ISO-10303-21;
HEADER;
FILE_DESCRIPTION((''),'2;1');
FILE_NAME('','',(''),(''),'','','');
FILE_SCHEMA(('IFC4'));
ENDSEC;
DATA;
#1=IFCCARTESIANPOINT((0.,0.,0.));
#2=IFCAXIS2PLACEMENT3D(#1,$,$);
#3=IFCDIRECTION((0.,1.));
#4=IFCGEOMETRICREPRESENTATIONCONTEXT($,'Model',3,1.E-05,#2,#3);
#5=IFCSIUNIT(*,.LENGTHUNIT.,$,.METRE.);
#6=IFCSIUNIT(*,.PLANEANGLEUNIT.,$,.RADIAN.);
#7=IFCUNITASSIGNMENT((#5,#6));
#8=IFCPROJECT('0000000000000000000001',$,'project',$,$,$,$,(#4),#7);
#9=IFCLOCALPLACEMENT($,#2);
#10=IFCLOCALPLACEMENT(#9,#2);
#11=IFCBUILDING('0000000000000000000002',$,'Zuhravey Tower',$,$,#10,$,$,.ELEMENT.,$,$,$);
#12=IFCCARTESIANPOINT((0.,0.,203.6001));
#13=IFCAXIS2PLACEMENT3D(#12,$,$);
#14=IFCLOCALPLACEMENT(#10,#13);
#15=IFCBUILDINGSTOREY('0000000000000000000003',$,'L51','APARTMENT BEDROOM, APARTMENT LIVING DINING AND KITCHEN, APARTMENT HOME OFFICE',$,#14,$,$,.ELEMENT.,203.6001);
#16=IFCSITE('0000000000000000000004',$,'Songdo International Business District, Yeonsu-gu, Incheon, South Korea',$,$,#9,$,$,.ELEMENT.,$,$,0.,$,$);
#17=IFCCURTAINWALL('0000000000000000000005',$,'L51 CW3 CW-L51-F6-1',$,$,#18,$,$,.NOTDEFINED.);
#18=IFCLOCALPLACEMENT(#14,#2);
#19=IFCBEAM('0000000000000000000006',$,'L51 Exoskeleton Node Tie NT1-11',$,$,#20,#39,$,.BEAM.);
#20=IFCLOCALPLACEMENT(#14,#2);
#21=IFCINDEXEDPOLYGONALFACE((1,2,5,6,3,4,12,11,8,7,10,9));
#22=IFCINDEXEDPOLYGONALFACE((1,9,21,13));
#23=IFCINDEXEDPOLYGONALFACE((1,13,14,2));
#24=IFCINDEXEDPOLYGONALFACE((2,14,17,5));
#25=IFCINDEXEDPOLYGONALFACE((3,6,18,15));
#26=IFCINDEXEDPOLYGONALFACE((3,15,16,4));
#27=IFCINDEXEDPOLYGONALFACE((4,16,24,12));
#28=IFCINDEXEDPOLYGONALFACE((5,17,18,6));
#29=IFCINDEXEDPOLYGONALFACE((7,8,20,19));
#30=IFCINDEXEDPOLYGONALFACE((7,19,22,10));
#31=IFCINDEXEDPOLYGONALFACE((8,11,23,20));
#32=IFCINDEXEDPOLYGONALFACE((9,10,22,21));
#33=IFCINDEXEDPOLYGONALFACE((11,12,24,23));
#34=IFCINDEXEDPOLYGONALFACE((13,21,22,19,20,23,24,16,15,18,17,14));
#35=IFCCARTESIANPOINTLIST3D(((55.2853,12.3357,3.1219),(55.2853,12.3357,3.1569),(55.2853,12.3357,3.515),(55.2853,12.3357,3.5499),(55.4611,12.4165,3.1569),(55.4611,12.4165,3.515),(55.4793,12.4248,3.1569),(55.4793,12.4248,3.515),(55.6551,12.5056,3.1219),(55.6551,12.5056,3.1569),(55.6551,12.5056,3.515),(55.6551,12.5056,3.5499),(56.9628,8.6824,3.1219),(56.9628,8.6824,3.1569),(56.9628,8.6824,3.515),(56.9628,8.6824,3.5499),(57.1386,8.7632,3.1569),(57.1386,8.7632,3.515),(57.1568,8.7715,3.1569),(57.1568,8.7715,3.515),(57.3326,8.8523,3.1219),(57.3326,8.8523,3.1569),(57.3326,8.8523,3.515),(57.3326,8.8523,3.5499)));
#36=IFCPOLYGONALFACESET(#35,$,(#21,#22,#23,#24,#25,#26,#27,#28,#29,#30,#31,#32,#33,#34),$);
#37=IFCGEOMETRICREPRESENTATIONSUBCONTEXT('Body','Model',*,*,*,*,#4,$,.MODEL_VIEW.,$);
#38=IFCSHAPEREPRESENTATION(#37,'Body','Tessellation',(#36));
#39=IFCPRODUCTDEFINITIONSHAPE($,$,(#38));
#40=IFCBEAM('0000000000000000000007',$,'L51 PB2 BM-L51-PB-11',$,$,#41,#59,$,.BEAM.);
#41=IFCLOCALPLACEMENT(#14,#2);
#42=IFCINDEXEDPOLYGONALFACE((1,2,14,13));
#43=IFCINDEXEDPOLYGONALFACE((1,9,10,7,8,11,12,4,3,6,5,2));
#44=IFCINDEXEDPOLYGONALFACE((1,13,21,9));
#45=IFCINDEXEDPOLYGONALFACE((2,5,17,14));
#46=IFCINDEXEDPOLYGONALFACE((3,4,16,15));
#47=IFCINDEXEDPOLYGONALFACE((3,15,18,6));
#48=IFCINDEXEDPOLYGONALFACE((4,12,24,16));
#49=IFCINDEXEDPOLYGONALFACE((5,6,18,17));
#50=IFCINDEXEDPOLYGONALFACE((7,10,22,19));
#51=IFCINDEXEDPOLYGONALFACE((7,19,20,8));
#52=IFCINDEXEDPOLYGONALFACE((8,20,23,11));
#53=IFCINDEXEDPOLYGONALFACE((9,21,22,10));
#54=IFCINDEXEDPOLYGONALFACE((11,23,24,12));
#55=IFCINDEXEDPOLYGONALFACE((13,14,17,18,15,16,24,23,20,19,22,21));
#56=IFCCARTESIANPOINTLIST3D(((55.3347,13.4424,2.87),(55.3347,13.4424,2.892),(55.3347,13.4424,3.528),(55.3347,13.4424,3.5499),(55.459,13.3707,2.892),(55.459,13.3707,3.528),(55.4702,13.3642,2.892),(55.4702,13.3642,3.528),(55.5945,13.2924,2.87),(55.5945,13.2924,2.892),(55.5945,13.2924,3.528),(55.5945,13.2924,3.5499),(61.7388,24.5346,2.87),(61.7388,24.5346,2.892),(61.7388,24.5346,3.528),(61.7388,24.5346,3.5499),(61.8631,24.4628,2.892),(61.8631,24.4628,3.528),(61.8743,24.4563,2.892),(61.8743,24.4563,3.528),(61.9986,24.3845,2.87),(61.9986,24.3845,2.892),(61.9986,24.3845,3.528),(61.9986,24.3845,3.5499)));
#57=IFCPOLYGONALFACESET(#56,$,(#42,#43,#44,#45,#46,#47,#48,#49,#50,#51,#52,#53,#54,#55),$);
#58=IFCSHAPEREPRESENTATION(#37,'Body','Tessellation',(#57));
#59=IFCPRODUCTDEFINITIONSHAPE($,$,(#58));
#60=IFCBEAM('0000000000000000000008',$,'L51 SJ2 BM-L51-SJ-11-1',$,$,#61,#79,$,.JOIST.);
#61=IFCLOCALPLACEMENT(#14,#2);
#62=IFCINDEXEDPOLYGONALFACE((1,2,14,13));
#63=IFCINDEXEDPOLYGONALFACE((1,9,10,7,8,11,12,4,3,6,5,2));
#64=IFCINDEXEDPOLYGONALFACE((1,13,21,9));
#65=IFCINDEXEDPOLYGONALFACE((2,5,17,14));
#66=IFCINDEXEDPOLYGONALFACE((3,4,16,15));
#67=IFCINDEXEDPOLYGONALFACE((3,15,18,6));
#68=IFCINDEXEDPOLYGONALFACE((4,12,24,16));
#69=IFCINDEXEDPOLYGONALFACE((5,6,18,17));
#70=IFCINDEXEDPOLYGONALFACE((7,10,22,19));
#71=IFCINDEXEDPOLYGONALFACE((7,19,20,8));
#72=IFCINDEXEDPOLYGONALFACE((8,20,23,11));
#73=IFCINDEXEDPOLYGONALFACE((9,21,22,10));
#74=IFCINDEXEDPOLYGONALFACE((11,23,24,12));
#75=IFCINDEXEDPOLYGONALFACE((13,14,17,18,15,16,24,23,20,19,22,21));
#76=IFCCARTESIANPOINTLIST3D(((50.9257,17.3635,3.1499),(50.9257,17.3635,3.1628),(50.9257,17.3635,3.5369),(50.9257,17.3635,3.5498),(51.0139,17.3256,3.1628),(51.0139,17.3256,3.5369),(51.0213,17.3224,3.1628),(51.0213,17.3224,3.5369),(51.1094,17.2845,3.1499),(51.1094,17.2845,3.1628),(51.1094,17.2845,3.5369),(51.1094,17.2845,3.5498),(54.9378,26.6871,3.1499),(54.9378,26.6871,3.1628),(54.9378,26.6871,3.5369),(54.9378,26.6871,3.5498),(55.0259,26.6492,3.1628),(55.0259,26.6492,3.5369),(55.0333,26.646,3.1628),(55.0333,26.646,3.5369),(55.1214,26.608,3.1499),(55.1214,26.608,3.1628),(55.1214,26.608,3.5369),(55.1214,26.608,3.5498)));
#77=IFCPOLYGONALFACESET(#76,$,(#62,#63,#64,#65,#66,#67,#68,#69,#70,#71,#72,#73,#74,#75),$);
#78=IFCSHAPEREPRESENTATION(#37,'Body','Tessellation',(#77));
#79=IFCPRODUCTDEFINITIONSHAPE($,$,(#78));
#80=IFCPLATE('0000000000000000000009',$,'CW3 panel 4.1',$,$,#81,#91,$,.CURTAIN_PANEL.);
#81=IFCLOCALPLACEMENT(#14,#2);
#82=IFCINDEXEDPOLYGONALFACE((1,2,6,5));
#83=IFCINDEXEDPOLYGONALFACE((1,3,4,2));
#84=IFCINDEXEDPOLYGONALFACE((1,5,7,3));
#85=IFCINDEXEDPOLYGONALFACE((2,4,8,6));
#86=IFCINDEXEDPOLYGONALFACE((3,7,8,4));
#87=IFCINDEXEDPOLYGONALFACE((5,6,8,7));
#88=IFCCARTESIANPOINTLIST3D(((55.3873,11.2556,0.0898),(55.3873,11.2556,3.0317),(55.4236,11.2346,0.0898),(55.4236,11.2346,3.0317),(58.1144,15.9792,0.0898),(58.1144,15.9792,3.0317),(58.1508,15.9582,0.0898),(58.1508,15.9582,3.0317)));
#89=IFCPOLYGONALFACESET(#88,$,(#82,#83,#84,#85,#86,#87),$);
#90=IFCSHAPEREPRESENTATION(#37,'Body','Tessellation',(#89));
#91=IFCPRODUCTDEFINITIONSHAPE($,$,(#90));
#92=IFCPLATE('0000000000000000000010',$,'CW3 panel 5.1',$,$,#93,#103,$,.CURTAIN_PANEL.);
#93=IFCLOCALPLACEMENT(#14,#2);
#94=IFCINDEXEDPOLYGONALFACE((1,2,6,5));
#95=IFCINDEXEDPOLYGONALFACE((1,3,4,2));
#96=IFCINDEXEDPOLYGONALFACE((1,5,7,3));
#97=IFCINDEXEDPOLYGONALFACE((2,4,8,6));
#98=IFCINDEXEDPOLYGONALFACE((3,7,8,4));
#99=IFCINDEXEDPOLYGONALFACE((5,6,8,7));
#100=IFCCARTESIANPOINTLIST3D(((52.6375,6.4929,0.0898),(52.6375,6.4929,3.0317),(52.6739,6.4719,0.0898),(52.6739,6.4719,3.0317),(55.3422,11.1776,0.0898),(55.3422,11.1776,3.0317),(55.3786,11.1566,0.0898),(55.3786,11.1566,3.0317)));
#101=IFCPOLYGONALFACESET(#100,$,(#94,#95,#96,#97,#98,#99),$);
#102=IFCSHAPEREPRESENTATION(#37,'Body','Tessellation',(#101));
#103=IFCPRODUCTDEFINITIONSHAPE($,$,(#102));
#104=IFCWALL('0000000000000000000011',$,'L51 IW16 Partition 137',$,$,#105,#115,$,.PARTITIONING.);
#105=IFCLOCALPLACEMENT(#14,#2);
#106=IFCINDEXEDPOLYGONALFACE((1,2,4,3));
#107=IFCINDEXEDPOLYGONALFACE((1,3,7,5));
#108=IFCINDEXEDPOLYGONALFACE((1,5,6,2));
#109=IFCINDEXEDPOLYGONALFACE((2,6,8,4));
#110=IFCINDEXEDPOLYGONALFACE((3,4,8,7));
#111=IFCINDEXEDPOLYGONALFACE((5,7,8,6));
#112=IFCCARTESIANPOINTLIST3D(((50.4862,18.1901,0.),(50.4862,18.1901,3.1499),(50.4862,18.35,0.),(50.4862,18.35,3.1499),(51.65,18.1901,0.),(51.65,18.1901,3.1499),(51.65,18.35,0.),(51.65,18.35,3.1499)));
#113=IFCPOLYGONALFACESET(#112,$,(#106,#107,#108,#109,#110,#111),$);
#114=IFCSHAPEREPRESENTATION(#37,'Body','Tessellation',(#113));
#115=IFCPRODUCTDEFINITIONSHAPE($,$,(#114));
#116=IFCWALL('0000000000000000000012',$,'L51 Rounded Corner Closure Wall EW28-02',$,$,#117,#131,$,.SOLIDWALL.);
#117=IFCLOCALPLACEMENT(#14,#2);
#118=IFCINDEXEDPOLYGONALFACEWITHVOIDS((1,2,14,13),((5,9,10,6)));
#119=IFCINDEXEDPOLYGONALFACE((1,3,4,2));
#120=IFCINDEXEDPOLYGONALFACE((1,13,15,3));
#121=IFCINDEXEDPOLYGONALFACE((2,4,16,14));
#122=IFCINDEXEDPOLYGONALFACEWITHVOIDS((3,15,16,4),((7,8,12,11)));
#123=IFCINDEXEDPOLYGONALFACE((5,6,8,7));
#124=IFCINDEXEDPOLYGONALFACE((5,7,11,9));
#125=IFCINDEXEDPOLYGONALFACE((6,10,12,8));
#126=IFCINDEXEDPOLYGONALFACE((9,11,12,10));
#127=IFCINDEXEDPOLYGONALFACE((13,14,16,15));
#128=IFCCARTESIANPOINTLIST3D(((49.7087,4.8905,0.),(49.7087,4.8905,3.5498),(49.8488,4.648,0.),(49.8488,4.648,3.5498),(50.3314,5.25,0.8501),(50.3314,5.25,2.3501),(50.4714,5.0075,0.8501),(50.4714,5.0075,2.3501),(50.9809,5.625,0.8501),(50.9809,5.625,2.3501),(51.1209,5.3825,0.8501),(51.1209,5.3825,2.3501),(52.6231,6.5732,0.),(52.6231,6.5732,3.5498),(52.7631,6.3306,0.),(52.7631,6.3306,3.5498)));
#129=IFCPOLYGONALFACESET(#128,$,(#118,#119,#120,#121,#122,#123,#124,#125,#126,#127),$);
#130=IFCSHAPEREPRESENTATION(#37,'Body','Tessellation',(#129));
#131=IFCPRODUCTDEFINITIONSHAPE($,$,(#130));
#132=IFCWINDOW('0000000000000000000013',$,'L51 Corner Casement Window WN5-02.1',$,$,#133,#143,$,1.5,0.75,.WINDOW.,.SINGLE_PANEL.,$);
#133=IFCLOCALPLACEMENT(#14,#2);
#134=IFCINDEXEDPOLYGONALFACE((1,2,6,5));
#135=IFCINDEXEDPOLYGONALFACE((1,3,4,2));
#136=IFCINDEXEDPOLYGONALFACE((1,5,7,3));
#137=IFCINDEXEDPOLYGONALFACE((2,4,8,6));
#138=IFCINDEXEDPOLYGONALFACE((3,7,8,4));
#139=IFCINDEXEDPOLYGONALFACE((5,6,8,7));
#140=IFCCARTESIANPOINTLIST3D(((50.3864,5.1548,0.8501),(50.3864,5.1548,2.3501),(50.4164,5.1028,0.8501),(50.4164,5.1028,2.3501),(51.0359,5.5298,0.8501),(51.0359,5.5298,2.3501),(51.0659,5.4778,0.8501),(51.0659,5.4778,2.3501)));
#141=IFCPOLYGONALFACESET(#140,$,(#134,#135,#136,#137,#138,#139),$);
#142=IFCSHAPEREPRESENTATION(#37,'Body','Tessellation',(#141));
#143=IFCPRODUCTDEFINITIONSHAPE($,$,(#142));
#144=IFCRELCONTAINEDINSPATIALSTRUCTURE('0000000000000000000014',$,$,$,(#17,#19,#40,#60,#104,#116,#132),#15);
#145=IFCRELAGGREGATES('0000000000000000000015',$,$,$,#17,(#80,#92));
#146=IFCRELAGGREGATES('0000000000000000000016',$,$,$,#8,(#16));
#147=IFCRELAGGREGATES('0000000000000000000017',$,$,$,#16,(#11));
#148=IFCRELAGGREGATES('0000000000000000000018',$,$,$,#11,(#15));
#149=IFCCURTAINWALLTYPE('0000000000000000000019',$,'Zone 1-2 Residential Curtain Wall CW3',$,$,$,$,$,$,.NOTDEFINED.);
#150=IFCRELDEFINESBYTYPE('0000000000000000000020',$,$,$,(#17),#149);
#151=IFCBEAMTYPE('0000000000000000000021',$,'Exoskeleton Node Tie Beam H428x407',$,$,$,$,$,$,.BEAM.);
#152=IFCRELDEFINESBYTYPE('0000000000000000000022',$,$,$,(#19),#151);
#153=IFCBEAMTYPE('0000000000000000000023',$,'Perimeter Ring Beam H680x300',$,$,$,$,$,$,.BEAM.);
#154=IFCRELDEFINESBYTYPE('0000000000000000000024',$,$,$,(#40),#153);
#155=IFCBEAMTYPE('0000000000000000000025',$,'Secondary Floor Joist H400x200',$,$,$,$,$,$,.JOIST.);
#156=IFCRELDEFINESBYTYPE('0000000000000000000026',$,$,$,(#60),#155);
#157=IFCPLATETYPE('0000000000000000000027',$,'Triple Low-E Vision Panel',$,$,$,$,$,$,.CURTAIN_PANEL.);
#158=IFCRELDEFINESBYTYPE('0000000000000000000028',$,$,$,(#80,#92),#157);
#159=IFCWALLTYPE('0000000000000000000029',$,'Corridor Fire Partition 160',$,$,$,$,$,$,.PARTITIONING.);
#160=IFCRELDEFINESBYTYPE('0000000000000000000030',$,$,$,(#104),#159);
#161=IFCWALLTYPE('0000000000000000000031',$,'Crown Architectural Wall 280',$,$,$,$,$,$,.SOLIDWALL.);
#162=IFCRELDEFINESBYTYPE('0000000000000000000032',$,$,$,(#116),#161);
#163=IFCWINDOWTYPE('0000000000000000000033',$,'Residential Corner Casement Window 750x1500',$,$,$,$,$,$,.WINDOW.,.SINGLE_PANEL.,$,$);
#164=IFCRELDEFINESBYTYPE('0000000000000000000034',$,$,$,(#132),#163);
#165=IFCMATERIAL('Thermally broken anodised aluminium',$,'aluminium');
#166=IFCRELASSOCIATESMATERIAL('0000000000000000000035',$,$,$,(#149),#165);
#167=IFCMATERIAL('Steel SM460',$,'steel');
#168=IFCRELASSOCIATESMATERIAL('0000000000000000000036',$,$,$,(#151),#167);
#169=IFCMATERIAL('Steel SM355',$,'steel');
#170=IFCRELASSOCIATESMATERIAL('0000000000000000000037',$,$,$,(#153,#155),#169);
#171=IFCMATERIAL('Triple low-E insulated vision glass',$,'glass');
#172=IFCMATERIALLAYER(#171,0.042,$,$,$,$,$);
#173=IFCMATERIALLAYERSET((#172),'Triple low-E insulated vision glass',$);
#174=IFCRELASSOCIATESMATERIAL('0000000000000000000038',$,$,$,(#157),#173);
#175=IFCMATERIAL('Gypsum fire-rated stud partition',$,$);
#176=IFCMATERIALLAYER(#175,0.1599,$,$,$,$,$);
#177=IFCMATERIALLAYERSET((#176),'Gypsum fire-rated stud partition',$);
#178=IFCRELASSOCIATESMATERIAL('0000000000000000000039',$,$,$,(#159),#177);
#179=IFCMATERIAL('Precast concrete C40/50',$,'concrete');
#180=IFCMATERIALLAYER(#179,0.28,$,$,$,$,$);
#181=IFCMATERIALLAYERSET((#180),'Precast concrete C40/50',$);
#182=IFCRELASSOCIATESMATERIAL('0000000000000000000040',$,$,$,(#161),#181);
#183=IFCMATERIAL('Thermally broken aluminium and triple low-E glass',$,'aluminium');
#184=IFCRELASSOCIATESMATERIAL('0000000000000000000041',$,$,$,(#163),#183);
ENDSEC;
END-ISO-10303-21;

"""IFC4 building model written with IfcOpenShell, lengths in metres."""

from ifc_helpers import new_model, si_unit, direction, frame, frame_2d, origin, origin_2d, place, context, subcontext, project, spatial, rectangle, i_section, extrude, material, layer, layer_set, material_profile, profile_set, type_object, element, fill, aggregate, save


model = new_model("IFC4")

# Units and contexts
model_context = context("Model", 3, precision=1e-05, world=origin(), true_north=direction((0.0, 1.0)))
body_context = subcontext(model_context, "Body", "Model", "MODEL_VIEW")
ifc_project = project(units=[si_unit("LENGTHUNIT", "METRE"), si_unit("PLANEANGLEUNIT", "RADIAN")], contexts=[model_context])

# Site, building, storey
site_placement = place(None, origin())
site = spatial("IfcSite", under=ifc_project, at=site_placement, Name="Songdo International Business District, Yeonsu-gu, Incheon, South Korea", CompositionType="ELEMENT", RefElevation=0.0)
building_placement = place(site_placement, origin())
building = spatial("IfcBuilding", under=site, at=building_placement, Name="Zuhravey Tower", CompositionType="ELEMENT")
storey_placement = place(building_placement, frame((0.0, 0.0, 203.6001)))
storey = spatial("IfcBuildingStorey", under=building, at=storey_placement, Name="L51", Description="APARTMENT BEDROOM, APARTMENT LIVING DINING AND KITCHEN, APARTMENT HOME OFFICE", CompositionType="ELEMENT", Elevation=203.6001)

# Curtain wall
ifc_material_1 = material(Name="Thermally broken anodised aluminium", Category="aluminium")
curtain_wall_type = type_object("IfcCurtainWallType", Name="Zone 1-2 Residential Curtain Wall CW3", PredefinedType="NOTDEFINED", material=ifc_material_1)
curtain_wall_1_placement = place(storey_placement, origin())
curtain_wall_1 = element("IfcCurtainWall", 1, at=curtain_wall_1_placement, inside=storey, type_object=curtain_wall_type, Name="L51 CW3 CW-L51-F6-1", PredefinedType="NOTDEFINED")

# Beams
ifc_material_2 = material(Name="Steel SM460", Category="steel")
ifc_material_profile_1 = material_profile(ifc_material_2, i_section(OverallWidth=0.407, OverallDepth=0.428, WebThickness=0.02, FlangeThickness=0.0349, at=origin_2d()), Name="H-428x407x20x35")
ifc_profile_set_1 = profile_set([ifc_material_profile_1], Name="Steel SM460")
beam_type_1 = type_object("IfcBeamType", Name="Exoskeleton Node Tie Beam H428x407", PredefinedType="BEAM", material=ifc_profile_set_1)
beam_1_placement = place(storey_placement, frame((55.4702, 12.4207, 3.3359), z_axis=(0.417282, -0.908777, 0.0), x_axis=(0.908777, 0.417282, 0.0)))
element("IfcBeam", 2, at=beam_1_placement, inside=storey, type_object=beam_type_1, Name="L51 Exoskeleton Node Tie NT1-11", PredefinedType="BEAM", context=body_context, shape_type="SweptSolid", body=[
    extrude(i_section(OverallWidth=0.407, OverallDepth=0.428, WebThickness=0.02, FlangeThickness=0.0349, at=origin_2d()), origin(), (0.0, 0.0, 1.0), 4.02),
])
ifc_material_3 = material(Name="Steel SM355", Category="steel")
ifc_material_profile_2 = material_profile(ifc_material_3, i_section(OverallWidth=0.3, OverallDepth=0.6799, WebThickness=0.0129, FlangeThickness=0.022, at=origin_2d()), Name="H-680x300x13x22")
ifc_profile_set_2 = profile_set([ifc_material_profile_2], Name="Steel SM355")
beam_type_2 = type_object("IfcBeamType", Name="Perimeter Ring Beam H680x300", PredefinedType="BEAM", material=ifc_profile_set_2)
beam_2_placement = place(storey_placement, frame((55.4646, 13.3674, 3.21), z_axis=(0.500004, 0.866023, 0.0), x_axis=(-0.866023, 0.500004, 0.0)))
element("IfcBeam", 3, at=beam_2_placement, inside=storey, type_object=beam_type_2, Name="L51 PB2 BM-L51-PB-11", PredefinedType="BEAM", context=body_context, shape_type="SweptSolid", body=[
    extrude(i_section(OverallWidth=0.3, OverallDepth=0.6799, WebThickness=0.0129, FlangeThickness=0.022, at=origin_2d()), origin(), (0.0, 0.0, 1.0), 12.8081),
])
ifc_material_profile_3 = material_profile(ifc_material_3, i_section(OverallWidth=0.2, OverallDepth=0.3999, WebThickness=0.0081, FlangeThickness=0.0129, at=origin_2d()), Name="H-400x200x8x13")
ifc_profile_set_3 = profile_set([ifc_material_profile_3], Name="Steel SM355")
beam_type_3 = type_object("IfcBeamType", Name="Secondary Floor Joist H400x200", PredefinedType="JOIST", material=ifc_profile_set_3)
beam_3_placement = place(storey_placement, frame((51.0176, 17.324, 3.3499), z_axis=(0.395266, 0.918567, 0.0), x_axis=(-0.918567, 0.395266, 0.0)))
element("IfcBeam", 4, at=beam_3_placement, inside=storey, type_object=beam_type_3, Name="L51 SJ2 BM-L51-SJ-11-1", PredefinedType="JOIST", context=body_context, shape_type="SweptSolid", body=[
    extrude(i_section(OverallWidth=0.2, OverallDepth=0.3999, WebThickness=0.0081, FlangeThickness=0.0129, at=origin_2d()), origin(), (0.0, 0.0, 1.0), 10.1501),
])

# Plates
ifc_material_4 = material(Name="Triple low-E insulated vision glass", Category="glass")
ifc_layer_1 = layer(ifc_material_4, 0.042)
ifc_layer_set_1 = layer_set([ifc_layer_1], Name="Triple low-E insulated vision glass")
plate_type = type_object("IfcPlateType", Name="Triple Low-E Vision Panel", PredefinedType="CURTAIN_PANEL", material=ifc_layer_set_1)
plate_1_placement = place(storey_placement, frame((56.769, 13.6069, 0.0898), z_axis=(0.0, 0.0, 1.0), x_axis=(-0.5, -0.866025, 0.0)))
plate_1 = element("IfcPlate", 5, at=plate_1_placement, type_object=plate_type, Name="CW3 panel 4.1", PredefinedType="CURTAIN_PANEL", context=body_context, shape_type="SweptSolid", body=[
    extrude(rectangle(XDim=5.4543, YDim=0.042, at=origin_2d()), origin(), (0.0, 0.0, 1.0), 2.9419),
])
plate_2_placement = place(storey_placement, frame((54.0081, 8.8247, 0.0898), z_axis=(0.0, 0.0, 1.0), x_axis=(-0.5, -0.866025, 0.0)))
plate_2 = element("IfcPlate", 6, at=plate_2_placement, type_object=plate_type, Name="CW3 panel 5.1", PredefinedType="CURTAIN_PANEL", context=body_context, shape_type="SweptSolid", body=[
    extrude(rectangle(XDim=5.4094, YDim=0.042, at=origin_2d()), origin(), (0.0, 0.0, 1.0), 2.9419),
])
aggregate(curtain_wall_1, [plate_1, plate_2])

# Wall
ifc_material_5 = material(Name="Gypsum fire-rated stud partition")
ifc_layer_2 = layer(ifc_material_5, 0.1599)
ifc_layer_set_2 = layer_set([ifc_layer_2], Name="Gypsum fire-rated stud partition")
wall_type_1 = type_object("IfcWallType", Name="Corridor Fire Partition 160", PredefinedType="PARTITIONING", material=ifc_layer_set_2)
wall_1_placement = place(storey_placement, frame((50.4861, 18.27, 0.0), z_axis=(0.0, 0.0, 1.0), x_axis=(1.0, 0.0, 0.0)))
element("IfcWall", 7, at=wall_1_placement, inside=storey, type_object=wall_type_1, Name="L51 IW16 Partition 137", PredefinedType="PARTITIONING", context=body_context, shape_type="SweptSolid", body=[
    extrude(rectangle(XDim=1.1638, YDim=0.1599, at=frame_2d((0.582, 0.0))), origin(), (0.0, 0.0, 1.0), 3.1499),
])

# Wall, opening, window
ifc_material_6 = material(Name="Precast concrete C40/50", Category="concrete")
ifc_layer_3 = layer(ifc_material_6, 0.28)
ifc_layer_set_3 = layer_set([ifc_layer_3], Name="Precast concrete C40/50")
wall_type_2 = type_object("IfcWallType", Name="Crown Architectural Wall 280", PredefinedType="SOLIDWALL", material=ifc_layer_set_3)
wall_2_placement = place(storey_placement, frame((52.6931, 6.4519, 0.0), z_axis=(0.0, 0.0, 1.0), x_axis=(-0.86602, -0.500009, 0.0)))
wall_2 = element("IfcWall", 8, at=wall_2_placement, inside=storey, type_object=wall_type_2, Name="L51 Rounded Corner Closure Wall EW28-02", PredefinedType="SOLIDWALL", context=body_context, shape_type="SweptSolid", body=[
    extrude(rectangle(XDim=3.3652, YDim=0.28, at=frame_2d((1.6826, 0.0))), origin(), (0.0, 0.0, 1.0), 3.5498),
])
opening_1_placement = place(wall_2_placement, frame((1.8962, 0.0, 0.8501)))
opening_1 = element("IfcOpeningElement", 9, at=opening_1_placement, cuts=wall_2, PredefinedType="OPENING", context=body_context, shape_type="SweptSolid", body=[
    extrude(rectangle(XDim=0.75, YDim=1.5, at=frame_2d((0.375, 0.75))), frame((0.0, 0.1521, 0.0), z_axis=(0.0, -1.0, 0.0), x_axis=(1.0, 0.0, 0.0)), (0.0, 0.0, 1.0), 0.304),
])
ifc_material_7 = material(Name="Thermally broken aluminium and triple low-E glass", Category="aluminium")
window_type = type_object("IfcWindowType", Name="Residential Corner Casement Window 750x1500", PartitioningType="SINGLE_PANEL", PredefinedType="WINDOW", material=ifc_material_7)
window_placement = place(opening_1_placement, origin())
window = element("IfcWindow", 10, at=window_placement, inside=storey, type_object=window_type, Name="L51 Corner Casement Window WN5-02.1", OverallHeight=1.5, OverallWidth=0.75, PartitioningType="SINGLE_PANEL", PredefinedType="WINDOW", context=body_context, shape_type="SweptSolid", body=[
    extrude(rectangle(XDim=0.75, YDim=1.5, at=frame_2d((0.375, 0.75))), frame((0.0, 0.03, 0.0), z_axis=(0.0, -1.0, 0.0), x_axis=(1.0, 0.0, 0.0)), (0.0, 0.0, 1.0), 0.0601),
])
fill(opening_1, window)

save(model, "model.ifc")
